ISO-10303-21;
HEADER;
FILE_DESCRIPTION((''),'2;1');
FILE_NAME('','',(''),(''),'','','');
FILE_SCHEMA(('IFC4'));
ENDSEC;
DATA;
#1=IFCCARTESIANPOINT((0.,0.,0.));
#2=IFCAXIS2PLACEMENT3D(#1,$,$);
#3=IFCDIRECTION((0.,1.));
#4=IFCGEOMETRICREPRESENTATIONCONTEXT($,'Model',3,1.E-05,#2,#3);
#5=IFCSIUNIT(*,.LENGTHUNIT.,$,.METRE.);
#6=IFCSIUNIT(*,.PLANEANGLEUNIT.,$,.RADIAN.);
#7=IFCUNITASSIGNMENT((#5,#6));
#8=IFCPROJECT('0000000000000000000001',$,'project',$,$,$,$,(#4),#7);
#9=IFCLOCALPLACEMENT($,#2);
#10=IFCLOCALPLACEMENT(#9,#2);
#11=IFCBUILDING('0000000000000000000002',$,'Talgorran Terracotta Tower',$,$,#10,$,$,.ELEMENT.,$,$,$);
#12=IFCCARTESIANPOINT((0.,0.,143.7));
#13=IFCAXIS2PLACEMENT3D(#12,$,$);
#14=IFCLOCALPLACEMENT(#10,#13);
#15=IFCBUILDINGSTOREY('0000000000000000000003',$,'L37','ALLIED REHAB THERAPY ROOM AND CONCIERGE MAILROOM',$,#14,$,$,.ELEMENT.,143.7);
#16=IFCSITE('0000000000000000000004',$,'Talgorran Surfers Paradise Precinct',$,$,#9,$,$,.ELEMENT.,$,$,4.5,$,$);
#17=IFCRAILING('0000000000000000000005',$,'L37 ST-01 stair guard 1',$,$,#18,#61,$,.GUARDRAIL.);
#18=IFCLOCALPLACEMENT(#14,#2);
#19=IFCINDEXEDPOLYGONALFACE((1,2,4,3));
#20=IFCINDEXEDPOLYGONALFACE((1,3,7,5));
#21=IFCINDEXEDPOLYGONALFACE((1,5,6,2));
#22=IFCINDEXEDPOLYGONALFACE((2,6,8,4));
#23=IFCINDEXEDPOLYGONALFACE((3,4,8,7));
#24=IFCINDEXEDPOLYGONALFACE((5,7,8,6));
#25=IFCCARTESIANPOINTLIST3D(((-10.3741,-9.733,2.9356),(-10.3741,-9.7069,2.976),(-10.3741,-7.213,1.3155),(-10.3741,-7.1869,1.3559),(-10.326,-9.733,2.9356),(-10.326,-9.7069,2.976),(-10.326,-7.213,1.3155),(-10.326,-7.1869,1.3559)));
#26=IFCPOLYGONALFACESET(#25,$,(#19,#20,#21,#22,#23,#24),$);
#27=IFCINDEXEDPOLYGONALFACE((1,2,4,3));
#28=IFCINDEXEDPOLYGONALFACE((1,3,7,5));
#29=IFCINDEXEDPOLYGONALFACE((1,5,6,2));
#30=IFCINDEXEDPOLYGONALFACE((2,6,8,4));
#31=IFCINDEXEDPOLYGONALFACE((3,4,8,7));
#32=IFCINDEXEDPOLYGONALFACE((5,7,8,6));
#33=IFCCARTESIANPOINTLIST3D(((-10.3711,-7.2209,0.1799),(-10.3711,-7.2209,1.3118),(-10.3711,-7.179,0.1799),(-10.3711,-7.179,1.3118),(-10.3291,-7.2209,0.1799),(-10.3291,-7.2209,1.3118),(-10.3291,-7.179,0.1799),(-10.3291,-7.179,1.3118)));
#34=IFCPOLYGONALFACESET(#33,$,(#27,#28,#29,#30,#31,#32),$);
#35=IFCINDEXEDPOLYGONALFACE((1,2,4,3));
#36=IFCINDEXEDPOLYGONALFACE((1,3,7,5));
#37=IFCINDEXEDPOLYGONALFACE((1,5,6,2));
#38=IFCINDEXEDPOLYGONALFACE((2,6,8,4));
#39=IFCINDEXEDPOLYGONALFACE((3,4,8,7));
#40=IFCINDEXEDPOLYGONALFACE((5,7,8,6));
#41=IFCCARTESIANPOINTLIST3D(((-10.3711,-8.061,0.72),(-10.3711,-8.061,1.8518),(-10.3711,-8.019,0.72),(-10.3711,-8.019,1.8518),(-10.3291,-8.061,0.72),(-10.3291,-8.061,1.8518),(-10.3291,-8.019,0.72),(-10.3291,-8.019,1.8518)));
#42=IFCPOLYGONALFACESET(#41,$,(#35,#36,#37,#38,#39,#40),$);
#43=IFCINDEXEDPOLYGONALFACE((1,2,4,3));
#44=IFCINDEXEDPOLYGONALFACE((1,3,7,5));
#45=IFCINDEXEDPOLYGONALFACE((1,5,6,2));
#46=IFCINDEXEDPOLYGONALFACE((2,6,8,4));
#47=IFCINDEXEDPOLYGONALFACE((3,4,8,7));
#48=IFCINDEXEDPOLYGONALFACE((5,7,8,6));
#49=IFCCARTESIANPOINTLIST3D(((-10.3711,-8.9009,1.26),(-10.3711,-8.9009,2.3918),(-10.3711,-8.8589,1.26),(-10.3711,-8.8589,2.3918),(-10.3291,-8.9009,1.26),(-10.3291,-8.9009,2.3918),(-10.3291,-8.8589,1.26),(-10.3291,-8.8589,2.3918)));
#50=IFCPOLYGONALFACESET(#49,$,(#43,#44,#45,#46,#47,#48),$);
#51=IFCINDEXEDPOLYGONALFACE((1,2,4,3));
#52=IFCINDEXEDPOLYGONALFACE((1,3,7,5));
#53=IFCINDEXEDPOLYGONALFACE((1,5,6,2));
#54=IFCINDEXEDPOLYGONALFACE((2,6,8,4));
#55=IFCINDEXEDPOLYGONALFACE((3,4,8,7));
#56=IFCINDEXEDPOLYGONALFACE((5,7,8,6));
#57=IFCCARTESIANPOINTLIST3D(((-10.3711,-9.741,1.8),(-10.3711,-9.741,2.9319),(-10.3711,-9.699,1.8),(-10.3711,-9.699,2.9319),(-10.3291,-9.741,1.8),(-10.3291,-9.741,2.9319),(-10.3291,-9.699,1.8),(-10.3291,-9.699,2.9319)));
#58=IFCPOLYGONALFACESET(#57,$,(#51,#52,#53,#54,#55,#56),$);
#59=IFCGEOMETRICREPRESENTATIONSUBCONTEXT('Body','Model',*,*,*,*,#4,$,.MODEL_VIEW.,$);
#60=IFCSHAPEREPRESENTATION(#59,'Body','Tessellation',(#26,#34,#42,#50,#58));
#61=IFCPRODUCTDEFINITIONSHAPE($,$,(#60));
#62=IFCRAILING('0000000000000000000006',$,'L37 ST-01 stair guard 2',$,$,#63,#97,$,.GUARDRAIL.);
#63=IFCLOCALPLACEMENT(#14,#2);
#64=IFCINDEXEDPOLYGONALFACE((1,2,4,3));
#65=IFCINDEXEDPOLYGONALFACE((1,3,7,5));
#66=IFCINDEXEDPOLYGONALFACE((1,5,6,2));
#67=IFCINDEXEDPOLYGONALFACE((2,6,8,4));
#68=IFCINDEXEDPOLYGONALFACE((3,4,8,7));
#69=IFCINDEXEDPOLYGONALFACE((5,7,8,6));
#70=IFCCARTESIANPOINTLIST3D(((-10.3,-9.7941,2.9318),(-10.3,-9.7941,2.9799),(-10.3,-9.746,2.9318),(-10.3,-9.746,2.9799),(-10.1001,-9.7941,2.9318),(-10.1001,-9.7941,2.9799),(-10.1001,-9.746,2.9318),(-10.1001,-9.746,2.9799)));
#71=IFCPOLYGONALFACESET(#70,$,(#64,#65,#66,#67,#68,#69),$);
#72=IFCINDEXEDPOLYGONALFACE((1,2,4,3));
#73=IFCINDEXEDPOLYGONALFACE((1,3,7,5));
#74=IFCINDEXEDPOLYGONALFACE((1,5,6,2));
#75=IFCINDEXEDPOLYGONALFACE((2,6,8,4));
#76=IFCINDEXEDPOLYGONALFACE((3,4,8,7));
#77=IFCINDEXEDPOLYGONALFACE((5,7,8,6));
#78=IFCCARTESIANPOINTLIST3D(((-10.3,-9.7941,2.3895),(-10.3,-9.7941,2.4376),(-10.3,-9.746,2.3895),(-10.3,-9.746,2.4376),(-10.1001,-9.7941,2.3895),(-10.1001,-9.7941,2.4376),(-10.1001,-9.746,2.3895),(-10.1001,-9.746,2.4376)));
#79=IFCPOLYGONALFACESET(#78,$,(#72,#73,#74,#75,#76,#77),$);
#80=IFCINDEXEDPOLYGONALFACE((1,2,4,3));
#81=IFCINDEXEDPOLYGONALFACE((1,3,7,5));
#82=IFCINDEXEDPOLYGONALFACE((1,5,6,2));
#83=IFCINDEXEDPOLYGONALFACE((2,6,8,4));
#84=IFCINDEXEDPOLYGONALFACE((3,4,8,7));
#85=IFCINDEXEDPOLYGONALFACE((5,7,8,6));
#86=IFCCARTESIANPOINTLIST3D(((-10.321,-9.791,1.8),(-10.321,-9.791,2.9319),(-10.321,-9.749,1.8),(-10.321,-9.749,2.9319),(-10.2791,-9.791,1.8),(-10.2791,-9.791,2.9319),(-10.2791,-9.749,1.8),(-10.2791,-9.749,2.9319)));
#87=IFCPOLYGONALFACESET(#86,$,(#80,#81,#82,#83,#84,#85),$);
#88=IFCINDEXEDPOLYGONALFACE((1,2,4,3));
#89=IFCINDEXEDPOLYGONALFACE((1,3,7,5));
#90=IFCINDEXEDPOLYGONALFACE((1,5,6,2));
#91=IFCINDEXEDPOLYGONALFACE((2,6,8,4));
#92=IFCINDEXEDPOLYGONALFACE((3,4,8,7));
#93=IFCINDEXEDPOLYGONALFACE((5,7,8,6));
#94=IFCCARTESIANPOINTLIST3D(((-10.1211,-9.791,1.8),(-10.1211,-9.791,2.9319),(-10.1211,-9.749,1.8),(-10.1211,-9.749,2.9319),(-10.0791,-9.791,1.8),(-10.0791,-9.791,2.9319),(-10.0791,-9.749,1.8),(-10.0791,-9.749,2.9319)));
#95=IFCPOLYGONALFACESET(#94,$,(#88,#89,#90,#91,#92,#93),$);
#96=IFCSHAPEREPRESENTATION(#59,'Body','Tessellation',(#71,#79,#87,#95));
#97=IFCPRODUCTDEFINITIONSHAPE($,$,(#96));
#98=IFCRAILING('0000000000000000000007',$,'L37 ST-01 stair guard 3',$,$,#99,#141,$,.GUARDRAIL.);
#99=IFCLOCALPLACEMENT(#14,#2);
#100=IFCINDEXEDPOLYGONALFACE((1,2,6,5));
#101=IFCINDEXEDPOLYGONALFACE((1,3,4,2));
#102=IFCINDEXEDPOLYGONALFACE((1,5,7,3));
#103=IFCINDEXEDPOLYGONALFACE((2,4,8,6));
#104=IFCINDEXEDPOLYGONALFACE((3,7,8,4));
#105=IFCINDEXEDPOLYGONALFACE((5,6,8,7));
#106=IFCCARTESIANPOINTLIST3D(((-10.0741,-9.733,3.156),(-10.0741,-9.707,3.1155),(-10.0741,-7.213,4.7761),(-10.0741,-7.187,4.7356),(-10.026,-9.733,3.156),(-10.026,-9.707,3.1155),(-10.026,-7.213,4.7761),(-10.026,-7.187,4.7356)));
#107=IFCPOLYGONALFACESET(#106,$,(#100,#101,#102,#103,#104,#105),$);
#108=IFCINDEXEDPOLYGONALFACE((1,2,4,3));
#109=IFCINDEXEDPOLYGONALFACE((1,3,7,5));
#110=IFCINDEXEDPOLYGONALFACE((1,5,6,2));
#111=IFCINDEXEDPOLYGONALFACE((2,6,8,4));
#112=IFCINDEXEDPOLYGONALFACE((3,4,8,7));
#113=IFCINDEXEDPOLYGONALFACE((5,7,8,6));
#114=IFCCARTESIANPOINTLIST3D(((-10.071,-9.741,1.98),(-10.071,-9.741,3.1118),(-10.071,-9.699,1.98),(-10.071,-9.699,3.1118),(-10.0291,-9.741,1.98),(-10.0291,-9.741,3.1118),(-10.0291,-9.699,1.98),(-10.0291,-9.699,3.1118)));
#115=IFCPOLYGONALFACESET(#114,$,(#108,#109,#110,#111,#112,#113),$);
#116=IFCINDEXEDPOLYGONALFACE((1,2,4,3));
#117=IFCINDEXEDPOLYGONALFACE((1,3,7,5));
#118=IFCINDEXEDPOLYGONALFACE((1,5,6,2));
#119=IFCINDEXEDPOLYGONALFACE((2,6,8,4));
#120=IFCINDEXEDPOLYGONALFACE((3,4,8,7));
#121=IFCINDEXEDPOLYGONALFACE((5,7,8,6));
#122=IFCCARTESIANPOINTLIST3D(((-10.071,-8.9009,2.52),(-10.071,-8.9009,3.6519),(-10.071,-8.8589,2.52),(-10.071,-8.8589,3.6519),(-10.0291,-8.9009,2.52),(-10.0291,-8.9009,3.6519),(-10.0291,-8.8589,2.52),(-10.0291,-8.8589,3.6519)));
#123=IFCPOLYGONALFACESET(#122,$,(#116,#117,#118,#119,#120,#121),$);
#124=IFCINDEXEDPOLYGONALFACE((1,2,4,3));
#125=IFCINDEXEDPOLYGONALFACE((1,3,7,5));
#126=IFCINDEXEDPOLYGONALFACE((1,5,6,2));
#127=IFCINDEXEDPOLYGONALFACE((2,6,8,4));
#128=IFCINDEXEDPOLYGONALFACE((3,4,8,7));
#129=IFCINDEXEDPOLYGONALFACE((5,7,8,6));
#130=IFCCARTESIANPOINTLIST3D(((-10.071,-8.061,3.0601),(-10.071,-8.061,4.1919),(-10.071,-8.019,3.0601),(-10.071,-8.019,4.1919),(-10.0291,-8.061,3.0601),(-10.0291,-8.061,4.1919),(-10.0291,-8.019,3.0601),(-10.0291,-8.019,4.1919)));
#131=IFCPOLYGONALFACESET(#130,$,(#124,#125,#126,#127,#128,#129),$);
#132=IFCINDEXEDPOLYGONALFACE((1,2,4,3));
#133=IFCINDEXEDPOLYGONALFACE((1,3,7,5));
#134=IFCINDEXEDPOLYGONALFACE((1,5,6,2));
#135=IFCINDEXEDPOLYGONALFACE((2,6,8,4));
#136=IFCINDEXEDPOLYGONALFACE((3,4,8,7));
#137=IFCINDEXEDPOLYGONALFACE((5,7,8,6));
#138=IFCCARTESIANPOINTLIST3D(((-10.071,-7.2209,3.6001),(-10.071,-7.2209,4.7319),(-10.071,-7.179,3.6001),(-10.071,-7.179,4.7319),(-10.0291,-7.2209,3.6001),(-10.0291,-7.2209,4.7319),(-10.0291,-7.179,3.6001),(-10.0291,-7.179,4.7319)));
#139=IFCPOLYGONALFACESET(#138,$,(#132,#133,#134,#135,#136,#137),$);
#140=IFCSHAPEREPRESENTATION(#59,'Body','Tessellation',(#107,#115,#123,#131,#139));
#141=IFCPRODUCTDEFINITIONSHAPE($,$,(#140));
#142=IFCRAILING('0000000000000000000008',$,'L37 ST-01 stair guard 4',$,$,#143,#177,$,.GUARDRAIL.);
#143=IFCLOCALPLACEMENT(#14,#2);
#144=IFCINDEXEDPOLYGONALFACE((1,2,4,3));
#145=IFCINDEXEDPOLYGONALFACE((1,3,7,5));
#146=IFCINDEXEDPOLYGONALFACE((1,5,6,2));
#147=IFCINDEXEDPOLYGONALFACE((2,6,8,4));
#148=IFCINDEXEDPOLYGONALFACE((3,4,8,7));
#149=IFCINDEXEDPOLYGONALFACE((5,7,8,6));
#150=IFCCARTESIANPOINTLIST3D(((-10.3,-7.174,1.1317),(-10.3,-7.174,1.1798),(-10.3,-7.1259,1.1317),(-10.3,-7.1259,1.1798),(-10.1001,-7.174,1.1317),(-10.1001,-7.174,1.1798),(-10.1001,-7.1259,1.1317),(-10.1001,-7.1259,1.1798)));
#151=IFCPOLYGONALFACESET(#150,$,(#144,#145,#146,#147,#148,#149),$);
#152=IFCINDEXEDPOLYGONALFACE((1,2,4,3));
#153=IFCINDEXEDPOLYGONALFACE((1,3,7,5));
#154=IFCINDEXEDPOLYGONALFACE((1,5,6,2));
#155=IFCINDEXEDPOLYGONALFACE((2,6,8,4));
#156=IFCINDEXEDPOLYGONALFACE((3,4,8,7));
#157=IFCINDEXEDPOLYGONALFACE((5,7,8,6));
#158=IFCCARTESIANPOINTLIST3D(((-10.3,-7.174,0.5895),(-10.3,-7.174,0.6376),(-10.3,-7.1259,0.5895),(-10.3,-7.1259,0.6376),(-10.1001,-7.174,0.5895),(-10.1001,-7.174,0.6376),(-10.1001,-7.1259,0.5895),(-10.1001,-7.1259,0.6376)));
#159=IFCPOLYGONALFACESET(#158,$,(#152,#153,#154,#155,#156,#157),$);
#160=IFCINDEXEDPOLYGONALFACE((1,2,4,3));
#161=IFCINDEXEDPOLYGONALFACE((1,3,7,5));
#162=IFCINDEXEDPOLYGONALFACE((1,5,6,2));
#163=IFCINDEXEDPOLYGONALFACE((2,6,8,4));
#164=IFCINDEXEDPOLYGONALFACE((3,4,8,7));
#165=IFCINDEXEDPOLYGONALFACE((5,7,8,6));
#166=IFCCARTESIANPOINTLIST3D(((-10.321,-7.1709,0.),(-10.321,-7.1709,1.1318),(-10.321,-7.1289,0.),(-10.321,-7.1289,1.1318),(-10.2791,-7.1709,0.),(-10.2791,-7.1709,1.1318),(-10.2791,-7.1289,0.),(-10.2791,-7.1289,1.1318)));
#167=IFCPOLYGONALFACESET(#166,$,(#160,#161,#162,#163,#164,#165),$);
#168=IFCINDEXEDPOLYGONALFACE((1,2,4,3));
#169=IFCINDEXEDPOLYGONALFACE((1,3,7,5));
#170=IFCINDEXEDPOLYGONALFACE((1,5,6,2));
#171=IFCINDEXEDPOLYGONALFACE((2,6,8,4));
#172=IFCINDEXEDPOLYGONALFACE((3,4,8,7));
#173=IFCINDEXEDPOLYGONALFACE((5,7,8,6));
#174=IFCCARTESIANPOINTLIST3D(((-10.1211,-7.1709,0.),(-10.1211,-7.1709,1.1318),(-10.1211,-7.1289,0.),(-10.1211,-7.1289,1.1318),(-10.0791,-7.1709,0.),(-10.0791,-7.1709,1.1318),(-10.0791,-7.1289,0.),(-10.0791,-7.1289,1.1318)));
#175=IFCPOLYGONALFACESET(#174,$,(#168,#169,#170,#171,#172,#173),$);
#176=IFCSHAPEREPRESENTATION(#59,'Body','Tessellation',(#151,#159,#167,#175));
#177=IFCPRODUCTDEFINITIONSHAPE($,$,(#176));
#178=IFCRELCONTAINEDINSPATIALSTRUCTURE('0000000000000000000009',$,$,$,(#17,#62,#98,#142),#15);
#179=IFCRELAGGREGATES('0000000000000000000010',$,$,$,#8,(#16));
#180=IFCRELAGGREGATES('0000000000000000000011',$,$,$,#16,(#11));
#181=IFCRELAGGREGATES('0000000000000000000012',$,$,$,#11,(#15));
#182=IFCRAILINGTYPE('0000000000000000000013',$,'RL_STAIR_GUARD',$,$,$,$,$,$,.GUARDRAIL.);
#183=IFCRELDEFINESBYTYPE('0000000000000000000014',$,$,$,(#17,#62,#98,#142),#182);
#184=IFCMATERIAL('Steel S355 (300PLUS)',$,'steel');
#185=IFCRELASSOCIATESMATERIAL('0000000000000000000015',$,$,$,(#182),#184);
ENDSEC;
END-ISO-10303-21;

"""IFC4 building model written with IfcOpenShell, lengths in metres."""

from ifc_helpers import new_model, si_unit, direction, frame, origin, origin_2d, place, context, subcontext, project, spatial, rectangle, extrude, material, type_object, element, save


model = new_model("IFC4")

# Units and contexts
model_context = context("Model", 3, precision=1e-05, world=origin(), true_north=direction((0.0, 1.0)))
body_context = subcontext(model_context, "Body", "Model", "MODEL_VIEW")
ifc_project = project(units=[si_unit("LENGTHUNIT", "METRE"), si_unit("PLANEANGLEUNIT", "RADIAN")], contexts=[model_context])

# Site, building, storey
site_placement = place(None, origin())
site = spatial("IfcSite", under=ifc_project, at=site_placement, Name="Talgorran Surfers Paradise Precinct", CompositionType="ELEMENT", RefElevation=4.5)
building_placement = place(site_placement, origin())
building = spatial("IfcBuilding", under=site, at=building_placement, Name="Talgorran Terracotta Tower", CompositionType="ELEMENT")
storey_placement = place(building_placement, frame((0.0, 0.0, 143.7)))
storey = spatial("IfcBuildingStorey", under=building, at=storey_placement, Name="L37", Description="ALLIED REHAB THERAPY ROOM AND CONCIERGE MAILROOM", CompositionType="ELEMENT", Elevation=143.7)

# Shared definitions
ifc_material_1 = material(Name="Steel S355 (300PLUS)", Category="steel")

# Railings
railing_type_1 = type_object("IfcRailingType", Name="RL_STAIR_GUARD", PredefinedType="GUARDRAIL", material=ifc_material_1)
railing_1_placement = place(storey_placement, frame((-10.3501, -7.2, 0.1799)))
element("IfcRailing", 1, at=railing_1_placement, inside=storey, type_object=railing_type_1, Name="L37 ST-01 stair guard 1", PredefinedType="GUARDRAIL", context=body_context, shape_type="SweptSolid", body=[
    extrude(rectangle(XDim=0.0481, YDim=0.0481, at=origin_2d()), frame((0.0, 0.0, 1.1558), z_axis=(0.0, -0.841163, 0.540782), x_axis=(1.0, 0.0, 0.0)), (0.0, 0.0, 1.0), 2.9958),
    extrude(rectangle(XDim=0.042, YDim=0.042, at=origin_2d()), origin(), (0.0, 0.0, 1.0), 1.1318),
    extrude(rectangle(XDim=0.042, YDim=0.042, at=origin_2d()), frame((0.0, -0.8401, 0.54)), (0.0, 0.0, 1.0), 1.1318),
    extrude(rectangle(XDim=0.042, YDim=0.042, at=origin_2d()), frame((0.0, -1.6799, 1.0801)), (0.0, 0.0, 1.0), 1.1318),
    extrude(rectangle(XDim=0.042, YDim=0.042, at=origin_2d()), frame((0.0, -2.52, 1.6201)), (0.0, 0.0, 1.0), 1.1318),
])
railing_2_placement = place(storey_placement, frame((-10.3, -9.77, 1.8)))
element("IfcRailing", 2, at=railing_2_placement, inside=storey, type_object=railing_type_1, Name="L37 ST-01 stair guard 2", PredefinedType="GUARDRAIL", context=body_context, shape_type="SweptSolid", body=[
    extrude(rectangle(XDim=0.0481, YDim=0.0481, at=origin_2d()), frame((0.0, 0.0, 1.1558), z_axis=(1.0, 0.0, 0.0), x_axis=(0.0, 1.0, 0.0)), (0.0, 0.0, 1.0), 0.2),
    extrude(rectangle(XDim=0.0481, YDim=0.0481, at=origin_2d()), frame((0.0, 0.0, 0.6135), z_axis=(1.0, 0.0, 0.0), x_axis=(0.0, 1.0, 0.0)), (0.0, 0.0, 1.0), 0.2),
    extrude(rectangle(XDim=0.042, YDim=0.042, at=origin_2d()), origin(), (0.0, 0.0, 1.0), 1.1318),
    extrude(rectangle(XDim=0.042, YDim=0.042, at=origin_2d()), frame((0.2, 0.0, 0.0)), (0.0, 0.0, 1.0), 1.1318),
])
railing_3_placement = place(storey_placement, frame((-10.05, -9.72, 1.98)))
element("IfcRailing", 3, at=railing_3_placement, inside=storey, type_object=railing_type_1, Name="L37 ST-01 stair guard 3", PredefinedType="GUARDRAIL", context=body_context, shape_type="SweptSolid", body=[
    extrude(rectangle(XDim=0.0481, YDim=0.0481, at=origin_2d()), frame((0.0, 0.0, 1.1558), z_axis=(0.0, 0.841163, 0.540782), x_axis=(-1.0, 0.0, 0.0)), (0.0, 0.0, 1.0), 2.9958),
    extrude(rectangle(XDim=0.042, YDim=0.042, at=origin_2d()), origin(), (0.0, 0.0, 1.0), 1.1318),
    extrude(rectangle(XDim=0.042, YDim=0.042, at=origin_2d()), frame((0.0, 0.8401, 0.54)), (0.0, 0.0, 1.0), 1.1318),
    extrude(rectangle(XDim=0.042, YDim=0.042, at=origin_2d()), frame((0.0, 1.6799, 1.0801)), (0.0, 0.0, 1.0), 1.1318),
    extrude(rectangle(XDim=0.042, YDim=0.042, at=origin_2d()), frame((0.0, 2.52, 1.6201)), (0.0, 0.0, 1.0), 1.1318),
])
railing_4_placement = place(storey_placement, frame((-10.3, -7.1499, 0.0)))
element("IfcRailing", 4, at=railing_4_placement, inside=storey, type_object=railing_type_1, Name="L37 ST-01 stair guard 4", PredefinedType="GUARDRAIL", context=body_context, shape_type="SweptSolid", body=[
    extrude(rectangle(XDim=0.0481, YDim=0.0481, at=origin_2d()), frame((0.0, 0.0, 1.1558), z_axis=(1.0, 0.0, 0.0), x_axis=(0.0, 1.0, 0.0)), (0.0, 0.0, 1.0), 0.2),
    extrude(rectangle(XDim=0.0481, YDim=0.0481, at=origin_2d()), frame((0.0, 0.0, 0.6135), z_axis=(1.0, 0.0, 0.0), x_axis=(0.0, 1.0, 0.0)), (0.0, 0.0, 1.0), 0.2),
    extrude(rectangle(XDim=0.042, YDim=0.042, at=origin_2d()), origin(), (0.0, 0.0, 1.0), 1.1318),
    extrude(rectangle(XDim=0.042, YDim=0.042, at=origin_2d()), frame((0.2, 0.0, 0.0)), (0.0, 0.0, 1.0), 1.1318),
])

save(model, "model.ifc")
